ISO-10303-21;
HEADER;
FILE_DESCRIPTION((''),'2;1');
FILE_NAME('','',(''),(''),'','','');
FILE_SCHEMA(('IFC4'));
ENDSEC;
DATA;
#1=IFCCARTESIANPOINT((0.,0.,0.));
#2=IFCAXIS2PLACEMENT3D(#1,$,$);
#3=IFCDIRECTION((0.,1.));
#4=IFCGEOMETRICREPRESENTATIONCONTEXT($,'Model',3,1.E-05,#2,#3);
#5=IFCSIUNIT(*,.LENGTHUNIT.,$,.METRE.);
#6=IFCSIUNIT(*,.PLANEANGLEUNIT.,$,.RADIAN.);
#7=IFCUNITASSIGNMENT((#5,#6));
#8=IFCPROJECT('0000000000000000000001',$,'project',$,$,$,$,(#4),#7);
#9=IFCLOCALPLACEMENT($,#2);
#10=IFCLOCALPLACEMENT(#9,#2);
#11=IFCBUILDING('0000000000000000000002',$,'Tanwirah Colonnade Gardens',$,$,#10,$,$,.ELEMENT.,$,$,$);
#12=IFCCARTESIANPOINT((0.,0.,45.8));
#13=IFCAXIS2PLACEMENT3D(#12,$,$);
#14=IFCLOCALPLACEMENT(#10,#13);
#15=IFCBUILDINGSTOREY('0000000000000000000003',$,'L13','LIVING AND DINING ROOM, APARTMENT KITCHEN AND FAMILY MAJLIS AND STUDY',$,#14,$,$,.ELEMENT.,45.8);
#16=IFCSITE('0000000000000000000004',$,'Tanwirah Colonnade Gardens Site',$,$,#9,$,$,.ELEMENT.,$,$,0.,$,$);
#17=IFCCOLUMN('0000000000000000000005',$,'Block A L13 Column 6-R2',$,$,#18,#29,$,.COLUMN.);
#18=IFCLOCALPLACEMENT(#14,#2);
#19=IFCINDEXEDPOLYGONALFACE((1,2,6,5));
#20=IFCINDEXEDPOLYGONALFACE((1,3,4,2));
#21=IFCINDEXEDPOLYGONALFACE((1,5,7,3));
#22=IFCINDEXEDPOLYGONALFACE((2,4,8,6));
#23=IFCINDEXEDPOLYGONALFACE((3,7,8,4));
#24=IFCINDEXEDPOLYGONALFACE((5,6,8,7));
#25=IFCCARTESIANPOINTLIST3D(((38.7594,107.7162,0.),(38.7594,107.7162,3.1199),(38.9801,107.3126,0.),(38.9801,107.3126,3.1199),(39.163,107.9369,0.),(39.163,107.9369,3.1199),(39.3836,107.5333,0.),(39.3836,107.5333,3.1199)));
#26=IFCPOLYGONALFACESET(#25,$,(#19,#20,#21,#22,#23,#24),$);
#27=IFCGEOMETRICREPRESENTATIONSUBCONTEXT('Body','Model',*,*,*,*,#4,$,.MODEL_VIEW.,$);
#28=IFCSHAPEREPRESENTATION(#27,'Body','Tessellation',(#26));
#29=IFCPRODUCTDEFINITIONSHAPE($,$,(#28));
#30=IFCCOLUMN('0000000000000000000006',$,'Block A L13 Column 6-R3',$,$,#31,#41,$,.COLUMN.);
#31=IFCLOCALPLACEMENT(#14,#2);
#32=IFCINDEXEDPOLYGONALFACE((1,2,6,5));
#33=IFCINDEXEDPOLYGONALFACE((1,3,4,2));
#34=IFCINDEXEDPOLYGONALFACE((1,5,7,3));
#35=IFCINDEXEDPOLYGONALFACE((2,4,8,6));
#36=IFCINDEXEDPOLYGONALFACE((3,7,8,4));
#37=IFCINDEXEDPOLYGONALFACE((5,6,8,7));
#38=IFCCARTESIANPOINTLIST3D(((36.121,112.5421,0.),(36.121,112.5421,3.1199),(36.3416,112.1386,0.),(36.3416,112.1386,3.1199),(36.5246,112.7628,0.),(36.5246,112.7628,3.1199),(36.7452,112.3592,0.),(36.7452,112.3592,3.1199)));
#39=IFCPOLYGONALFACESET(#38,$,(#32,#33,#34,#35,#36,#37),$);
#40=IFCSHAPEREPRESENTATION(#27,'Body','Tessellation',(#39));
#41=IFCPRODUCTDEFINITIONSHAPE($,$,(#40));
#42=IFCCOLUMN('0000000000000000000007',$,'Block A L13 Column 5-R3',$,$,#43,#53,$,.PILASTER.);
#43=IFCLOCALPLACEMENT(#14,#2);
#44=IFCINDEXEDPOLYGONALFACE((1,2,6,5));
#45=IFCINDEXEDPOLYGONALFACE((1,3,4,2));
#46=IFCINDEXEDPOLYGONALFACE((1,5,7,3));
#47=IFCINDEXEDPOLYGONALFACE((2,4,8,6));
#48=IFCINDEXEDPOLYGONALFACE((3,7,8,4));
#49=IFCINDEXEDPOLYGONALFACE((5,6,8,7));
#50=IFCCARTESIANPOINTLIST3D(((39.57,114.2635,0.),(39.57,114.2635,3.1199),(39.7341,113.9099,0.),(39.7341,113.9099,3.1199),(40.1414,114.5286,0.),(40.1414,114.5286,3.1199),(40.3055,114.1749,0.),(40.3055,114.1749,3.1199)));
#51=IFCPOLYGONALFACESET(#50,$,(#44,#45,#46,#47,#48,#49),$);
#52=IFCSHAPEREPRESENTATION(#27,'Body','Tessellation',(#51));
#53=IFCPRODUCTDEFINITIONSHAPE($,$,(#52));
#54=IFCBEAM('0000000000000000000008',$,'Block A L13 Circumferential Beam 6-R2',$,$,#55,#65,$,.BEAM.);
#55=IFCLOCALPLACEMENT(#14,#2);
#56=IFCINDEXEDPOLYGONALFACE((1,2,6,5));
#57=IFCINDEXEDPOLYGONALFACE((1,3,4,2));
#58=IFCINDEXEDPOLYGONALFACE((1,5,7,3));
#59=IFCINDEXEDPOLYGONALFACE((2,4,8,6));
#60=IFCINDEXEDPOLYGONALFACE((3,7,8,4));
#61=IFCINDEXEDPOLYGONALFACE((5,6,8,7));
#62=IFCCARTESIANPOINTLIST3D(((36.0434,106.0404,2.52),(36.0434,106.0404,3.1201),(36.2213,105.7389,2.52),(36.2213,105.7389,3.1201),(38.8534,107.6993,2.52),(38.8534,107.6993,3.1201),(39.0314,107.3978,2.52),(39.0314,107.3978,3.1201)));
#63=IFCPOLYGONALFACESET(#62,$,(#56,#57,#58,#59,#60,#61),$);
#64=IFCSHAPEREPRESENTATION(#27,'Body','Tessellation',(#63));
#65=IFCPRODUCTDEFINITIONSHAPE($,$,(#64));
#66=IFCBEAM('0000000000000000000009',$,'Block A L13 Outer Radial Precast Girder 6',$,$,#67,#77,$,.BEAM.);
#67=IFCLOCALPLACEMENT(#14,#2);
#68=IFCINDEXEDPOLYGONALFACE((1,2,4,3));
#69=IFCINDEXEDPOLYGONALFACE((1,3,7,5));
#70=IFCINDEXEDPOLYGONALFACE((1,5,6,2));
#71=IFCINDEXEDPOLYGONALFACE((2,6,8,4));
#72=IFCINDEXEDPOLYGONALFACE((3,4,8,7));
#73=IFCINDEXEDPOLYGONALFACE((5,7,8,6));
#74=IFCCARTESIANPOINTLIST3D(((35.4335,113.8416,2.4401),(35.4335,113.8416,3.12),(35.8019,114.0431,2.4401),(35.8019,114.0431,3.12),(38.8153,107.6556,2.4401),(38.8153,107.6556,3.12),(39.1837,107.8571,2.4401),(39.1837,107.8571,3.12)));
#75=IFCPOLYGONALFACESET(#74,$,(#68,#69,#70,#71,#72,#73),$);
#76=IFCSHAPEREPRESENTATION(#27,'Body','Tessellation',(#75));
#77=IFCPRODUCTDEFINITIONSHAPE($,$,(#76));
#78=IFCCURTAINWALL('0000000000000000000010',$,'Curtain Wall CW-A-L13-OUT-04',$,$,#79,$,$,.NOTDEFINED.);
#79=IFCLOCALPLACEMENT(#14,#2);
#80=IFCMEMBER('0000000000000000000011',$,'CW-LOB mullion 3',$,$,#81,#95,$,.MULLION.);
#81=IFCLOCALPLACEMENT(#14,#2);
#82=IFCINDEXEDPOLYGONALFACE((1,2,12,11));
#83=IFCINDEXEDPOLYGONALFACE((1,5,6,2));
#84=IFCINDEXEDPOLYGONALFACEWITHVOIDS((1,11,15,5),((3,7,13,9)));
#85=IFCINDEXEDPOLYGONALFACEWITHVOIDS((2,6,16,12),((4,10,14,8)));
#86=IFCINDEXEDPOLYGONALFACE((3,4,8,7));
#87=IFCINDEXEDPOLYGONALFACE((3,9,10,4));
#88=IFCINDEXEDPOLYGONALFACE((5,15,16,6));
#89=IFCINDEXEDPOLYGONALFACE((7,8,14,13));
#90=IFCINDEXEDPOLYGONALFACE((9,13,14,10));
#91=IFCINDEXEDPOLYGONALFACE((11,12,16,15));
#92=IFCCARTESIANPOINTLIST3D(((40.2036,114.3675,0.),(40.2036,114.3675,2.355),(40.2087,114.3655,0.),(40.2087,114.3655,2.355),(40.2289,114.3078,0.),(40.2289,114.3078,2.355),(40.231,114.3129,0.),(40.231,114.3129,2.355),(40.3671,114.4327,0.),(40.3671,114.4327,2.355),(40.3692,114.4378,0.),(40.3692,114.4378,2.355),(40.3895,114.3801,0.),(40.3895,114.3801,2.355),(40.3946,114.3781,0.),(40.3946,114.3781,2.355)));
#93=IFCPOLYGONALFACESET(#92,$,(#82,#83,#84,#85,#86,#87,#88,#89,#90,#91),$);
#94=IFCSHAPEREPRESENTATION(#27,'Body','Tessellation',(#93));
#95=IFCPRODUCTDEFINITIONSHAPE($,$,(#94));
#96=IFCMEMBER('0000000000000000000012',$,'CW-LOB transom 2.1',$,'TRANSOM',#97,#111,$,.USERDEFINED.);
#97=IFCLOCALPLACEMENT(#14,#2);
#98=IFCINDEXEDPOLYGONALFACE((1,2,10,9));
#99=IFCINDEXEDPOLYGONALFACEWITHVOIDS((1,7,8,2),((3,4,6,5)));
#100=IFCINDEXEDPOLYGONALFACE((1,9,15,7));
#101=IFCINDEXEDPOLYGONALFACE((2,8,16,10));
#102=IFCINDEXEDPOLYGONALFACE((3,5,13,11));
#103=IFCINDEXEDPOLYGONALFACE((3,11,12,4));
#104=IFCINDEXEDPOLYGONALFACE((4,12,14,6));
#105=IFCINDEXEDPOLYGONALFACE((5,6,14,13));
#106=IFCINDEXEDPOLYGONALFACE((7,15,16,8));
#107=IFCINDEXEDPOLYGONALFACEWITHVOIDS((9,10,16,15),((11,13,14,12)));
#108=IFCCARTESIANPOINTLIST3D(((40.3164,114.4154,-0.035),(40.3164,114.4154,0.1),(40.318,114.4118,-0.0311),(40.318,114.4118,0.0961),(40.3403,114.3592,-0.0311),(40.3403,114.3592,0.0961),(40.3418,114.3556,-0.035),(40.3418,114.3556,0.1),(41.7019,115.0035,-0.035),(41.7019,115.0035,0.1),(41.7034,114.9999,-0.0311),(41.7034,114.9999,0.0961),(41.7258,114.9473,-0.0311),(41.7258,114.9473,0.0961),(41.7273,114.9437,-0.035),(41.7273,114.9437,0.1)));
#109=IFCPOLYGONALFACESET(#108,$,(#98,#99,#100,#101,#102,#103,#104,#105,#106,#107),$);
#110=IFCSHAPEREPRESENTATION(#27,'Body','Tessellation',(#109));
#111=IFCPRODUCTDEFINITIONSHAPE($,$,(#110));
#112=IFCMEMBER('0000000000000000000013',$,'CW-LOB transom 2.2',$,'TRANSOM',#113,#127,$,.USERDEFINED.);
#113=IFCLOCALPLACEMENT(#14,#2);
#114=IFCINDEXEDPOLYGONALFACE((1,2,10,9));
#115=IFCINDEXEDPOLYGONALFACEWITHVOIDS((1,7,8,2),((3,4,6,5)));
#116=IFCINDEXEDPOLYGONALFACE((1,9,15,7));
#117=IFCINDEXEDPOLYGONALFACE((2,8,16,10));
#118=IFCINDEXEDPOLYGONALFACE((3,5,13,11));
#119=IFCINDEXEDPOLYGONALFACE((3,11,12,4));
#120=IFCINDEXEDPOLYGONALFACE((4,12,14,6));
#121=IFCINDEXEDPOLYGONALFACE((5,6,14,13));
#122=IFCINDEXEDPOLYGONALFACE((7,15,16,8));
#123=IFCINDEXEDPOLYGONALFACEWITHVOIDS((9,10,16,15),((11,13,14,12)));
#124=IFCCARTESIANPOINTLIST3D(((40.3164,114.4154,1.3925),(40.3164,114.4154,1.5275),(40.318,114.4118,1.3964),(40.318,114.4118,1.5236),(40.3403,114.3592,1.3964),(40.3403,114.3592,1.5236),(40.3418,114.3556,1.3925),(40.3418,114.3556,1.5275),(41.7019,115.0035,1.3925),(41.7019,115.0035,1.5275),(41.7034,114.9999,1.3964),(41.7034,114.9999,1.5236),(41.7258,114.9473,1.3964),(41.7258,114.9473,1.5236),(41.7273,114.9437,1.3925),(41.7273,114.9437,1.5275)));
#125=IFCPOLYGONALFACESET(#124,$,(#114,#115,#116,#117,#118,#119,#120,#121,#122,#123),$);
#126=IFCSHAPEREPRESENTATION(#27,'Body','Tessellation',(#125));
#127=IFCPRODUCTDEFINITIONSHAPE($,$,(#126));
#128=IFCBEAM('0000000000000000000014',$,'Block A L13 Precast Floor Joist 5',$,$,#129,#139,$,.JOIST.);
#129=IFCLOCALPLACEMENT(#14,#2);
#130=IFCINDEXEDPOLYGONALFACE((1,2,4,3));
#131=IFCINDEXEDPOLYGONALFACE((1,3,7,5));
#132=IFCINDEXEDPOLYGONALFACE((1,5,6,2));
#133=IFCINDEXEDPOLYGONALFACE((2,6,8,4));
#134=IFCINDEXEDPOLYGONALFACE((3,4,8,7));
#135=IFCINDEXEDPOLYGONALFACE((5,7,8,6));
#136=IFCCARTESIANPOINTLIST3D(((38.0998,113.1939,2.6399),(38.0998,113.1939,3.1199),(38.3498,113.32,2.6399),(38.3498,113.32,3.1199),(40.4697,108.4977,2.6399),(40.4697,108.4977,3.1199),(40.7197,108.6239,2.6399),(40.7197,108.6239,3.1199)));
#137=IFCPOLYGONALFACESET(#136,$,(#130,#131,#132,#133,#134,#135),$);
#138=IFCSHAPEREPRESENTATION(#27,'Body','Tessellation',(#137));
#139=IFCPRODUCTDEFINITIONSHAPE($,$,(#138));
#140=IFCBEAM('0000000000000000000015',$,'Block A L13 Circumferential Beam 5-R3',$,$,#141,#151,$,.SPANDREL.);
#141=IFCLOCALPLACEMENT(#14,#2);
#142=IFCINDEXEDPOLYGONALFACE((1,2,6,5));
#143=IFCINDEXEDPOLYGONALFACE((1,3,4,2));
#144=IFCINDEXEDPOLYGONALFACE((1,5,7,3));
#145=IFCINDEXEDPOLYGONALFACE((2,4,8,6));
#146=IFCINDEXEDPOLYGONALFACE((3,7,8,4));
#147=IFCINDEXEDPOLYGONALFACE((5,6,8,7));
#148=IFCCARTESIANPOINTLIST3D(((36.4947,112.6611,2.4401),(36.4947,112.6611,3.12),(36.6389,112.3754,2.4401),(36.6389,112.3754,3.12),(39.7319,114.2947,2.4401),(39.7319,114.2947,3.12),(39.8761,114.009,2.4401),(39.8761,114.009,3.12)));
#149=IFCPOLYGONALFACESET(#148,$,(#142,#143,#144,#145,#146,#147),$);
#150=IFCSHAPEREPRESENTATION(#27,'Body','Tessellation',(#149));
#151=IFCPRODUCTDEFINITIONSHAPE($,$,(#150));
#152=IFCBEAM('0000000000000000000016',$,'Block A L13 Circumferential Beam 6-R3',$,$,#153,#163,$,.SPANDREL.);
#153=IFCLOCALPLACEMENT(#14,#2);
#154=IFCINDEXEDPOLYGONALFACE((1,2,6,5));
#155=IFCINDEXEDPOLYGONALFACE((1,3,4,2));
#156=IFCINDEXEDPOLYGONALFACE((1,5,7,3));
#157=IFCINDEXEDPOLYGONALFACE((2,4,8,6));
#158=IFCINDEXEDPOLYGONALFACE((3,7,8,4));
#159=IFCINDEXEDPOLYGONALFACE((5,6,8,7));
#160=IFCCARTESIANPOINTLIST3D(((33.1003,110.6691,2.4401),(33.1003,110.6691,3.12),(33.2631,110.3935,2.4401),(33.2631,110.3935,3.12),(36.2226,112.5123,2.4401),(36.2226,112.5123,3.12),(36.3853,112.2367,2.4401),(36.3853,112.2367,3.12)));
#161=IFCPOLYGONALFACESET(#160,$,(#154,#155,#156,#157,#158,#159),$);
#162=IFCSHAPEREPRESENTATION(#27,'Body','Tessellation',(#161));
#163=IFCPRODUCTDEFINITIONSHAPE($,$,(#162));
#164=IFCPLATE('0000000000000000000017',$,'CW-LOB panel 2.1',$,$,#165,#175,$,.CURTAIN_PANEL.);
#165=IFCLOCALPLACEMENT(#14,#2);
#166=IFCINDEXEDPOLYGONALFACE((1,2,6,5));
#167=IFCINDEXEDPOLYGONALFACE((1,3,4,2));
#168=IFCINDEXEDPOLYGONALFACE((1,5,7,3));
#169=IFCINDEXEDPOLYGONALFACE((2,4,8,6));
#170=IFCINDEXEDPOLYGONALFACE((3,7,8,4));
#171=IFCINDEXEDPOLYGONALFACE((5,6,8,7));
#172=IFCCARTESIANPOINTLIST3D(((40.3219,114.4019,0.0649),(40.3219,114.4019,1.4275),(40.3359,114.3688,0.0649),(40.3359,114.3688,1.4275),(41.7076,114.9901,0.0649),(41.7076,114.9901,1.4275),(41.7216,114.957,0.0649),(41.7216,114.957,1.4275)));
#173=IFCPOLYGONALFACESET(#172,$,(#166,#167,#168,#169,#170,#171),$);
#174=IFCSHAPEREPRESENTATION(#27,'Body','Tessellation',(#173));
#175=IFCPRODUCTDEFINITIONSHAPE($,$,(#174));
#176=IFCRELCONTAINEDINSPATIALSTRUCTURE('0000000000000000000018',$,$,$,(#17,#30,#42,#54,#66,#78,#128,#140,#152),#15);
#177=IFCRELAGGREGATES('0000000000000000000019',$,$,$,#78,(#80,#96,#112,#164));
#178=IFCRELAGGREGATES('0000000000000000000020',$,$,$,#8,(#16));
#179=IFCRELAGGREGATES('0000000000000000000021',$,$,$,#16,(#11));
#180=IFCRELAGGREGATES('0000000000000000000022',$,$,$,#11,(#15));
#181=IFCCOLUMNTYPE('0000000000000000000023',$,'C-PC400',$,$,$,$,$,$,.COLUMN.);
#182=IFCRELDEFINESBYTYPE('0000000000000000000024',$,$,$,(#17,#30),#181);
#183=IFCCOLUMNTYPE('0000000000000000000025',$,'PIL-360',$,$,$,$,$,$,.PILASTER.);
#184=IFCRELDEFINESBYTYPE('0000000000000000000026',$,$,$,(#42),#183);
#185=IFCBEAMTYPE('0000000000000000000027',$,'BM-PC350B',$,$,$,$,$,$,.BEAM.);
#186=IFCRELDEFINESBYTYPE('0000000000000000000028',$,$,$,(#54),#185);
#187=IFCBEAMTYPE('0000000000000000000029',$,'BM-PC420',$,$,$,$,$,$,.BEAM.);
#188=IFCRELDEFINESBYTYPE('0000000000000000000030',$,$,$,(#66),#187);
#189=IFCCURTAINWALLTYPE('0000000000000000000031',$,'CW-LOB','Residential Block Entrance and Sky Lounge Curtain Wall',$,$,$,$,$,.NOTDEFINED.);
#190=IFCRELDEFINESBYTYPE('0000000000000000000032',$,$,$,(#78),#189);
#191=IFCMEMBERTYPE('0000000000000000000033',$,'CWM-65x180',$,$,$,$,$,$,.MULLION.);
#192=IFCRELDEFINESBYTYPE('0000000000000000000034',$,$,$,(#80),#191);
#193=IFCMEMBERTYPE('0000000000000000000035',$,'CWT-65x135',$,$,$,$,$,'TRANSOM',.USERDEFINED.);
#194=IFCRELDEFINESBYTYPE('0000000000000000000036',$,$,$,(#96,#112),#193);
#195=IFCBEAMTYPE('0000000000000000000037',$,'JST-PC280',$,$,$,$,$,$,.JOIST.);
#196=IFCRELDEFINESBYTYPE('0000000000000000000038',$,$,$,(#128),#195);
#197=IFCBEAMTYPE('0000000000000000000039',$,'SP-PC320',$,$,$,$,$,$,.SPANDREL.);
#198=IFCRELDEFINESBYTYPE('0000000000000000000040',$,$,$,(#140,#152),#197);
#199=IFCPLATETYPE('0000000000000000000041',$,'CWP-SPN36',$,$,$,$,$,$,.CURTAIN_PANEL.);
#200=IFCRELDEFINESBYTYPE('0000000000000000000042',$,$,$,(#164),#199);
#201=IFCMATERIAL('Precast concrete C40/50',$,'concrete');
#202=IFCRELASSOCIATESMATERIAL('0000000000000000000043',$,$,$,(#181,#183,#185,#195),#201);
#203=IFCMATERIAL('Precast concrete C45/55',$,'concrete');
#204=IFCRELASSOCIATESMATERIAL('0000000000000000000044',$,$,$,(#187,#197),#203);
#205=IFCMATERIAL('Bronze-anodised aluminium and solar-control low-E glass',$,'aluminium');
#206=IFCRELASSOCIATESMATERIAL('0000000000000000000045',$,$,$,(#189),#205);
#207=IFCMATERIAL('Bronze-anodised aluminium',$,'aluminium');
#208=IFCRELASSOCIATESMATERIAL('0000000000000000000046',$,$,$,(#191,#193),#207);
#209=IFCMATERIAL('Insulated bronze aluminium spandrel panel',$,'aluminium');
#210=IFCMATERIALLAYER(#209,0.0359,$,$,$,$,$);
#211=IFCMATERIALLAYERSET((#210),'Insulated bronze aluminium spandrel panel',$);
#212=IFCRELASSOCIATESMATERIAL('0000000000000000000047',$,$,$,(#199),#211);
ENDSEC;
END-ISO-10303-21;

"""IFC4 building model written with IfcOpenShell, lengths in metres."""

from ifc_helpers import new_model, si_unit, direction, frame, origin, origin_2d, place, context, subcontext, project, spatial, rectangle, hollow_rectangle, extrude, material, layer, layer_set, material_profile, profile_set, type_object, element, aggregate, save


model = new_model("IFC4")

# Units and contexts
model_context = context("Model", 3, precision=1e-05, world=origin(), true_north=direction((0.0, 1.0)))
body_context = subcontext(model_context, "Body", "Model", "MODEL_VIEW")
ifc_project = project(units=[si_unit("LENGTHUNIT", "METRE"), si_unit("PLANEANGLEUNIT", "RADIAN")], contexts=[model_context])

# Site, building, storey
site_placement = place(None, origin())
site = spatial("IfcSite", under=ifc_project, at=site_placement, Name="Tanwirah Colonnade Gardens Site", CompositionType="ELEMENT", RefElevation=0.0)
building_placement = place(site_placement, origin())
building = spatial("IfcBuilding", under=site, at=building_placement, Name="Tanwirah Colonnade Gardens", CompositionType="ELEMENT")
storey_placement = place(building_placement, frame((0.0, 0.0, 45.8)))
storey = spatial("IfcBuildingStorey", under=building, at=storey_placement, Name="L13", Description="LIVING AND DINING ROOM, APARTMENT KITCHEN AND FAMILY MAJLIS AND STUDY", CompositionType="ELEMENT", Elevation=45.8)

# Columns
ifc_material_1 = material(Name="Precast concrete C40/50", Category="concrete")
ifc_material_profile_1 = material_profile(ifc_material_1, rectangle(XDim=0.46, YDim=0.46, at=origin_2d()), Name="PC-COL 460x460")
ifc_profile_set_1 = profile_set([ifc_material_profile_1], Name="Precast concrete C40/50")
column_type_1 = type_object("IfcColumnType", Name="C-PC400", PredefinedType="COLUMN", material=ifc_profile_set_1)
for number, where, z_axis, x_axis, name in (
    (1, (39.0715, 107.6248, 0.0), (0.0, 0.0, 1.0), (-0.479713, 0.877425, 0.0), "Block A L13 Column 6-R2"),
    (2, (36.4331, 112.4507, 0.0), (0.0, 0.0, 1.0), (-0.479713, 0.877425, 0.0), "Block A L13 Column 6-R3"),
):
    element("IfcColumn", number, at=place(storey_placement, frame(where, z_axis=z_axis, x_axis=x_axis)), inside=storey, type_object=column_type_1, Name=name, PredefinedType="COLUMN", context=body_context, shape_type="SweptSolid", body=[
        extrude(rectangle(XDim=0.46, YDim=0.46, at=origin_2d()), origin(), (0.0, 0.0, 1.0), 3.1199),
    ])
ifc_material_profile_2 = material_profile(ifc_material_1, rectangle(XDim=0.3899, YDim=0.6299, at=origin_2d()), Name="PC-PIL 390x630")
ifc_profile_set_2 = profile_set([ifc_material_profile_2], Name="Precast concrete C40/50")
column_type_2 = type_object("IfcColumnType", Name="PIL-360", PredefinedType="PILASTER", material=ifc_profile_set_2)
column_placement = place(storey_placement, frame((39.9377, 114.2192, 0.0), z_axis=(0.0, 0.0, 1.0), x_axis=(-0.42086, 0.907126, 0.0)))
element("IfcColumn", 3, at=column_placement, inside=storey, type_object=column_type_2, Name="Block A L13 Column 5-R3", PredefinedType="PILASTER", context=body_context, shape_type="SweptSolid", body=[
    extrude(rectangle(XDim=0.3899, YDim=0.6299, at=origin_2d()), origin(), (0.0, 0.0, 1.0), 3.1199),
])

# Beams
ifc_material_profile_3 = material_profile(ifc_material_1, rectangle(XDim=0.3501, YDim=0.6001, at=origin_2d()), Name="PC-BM 350x600")
ifc_profile_set_3 = profile_set([ifc_material_profile_3], Name="Precast concrete C40/50")
beam_type_1 = type_object("IfcBeamType", Name="BM-PC350B", PredefinedType="BEAM", material=ifc_profile_set_3)
beam_1_placement = place(storey_placement, frame((38.9424, 107.5486, 2.8201), z_axis=(-0.861135, -0.508376, 0.0), x_axis=(0.508376, -0.861135, 0.0)))
element("IfcBeam", 4, at=beam_1_placement, inside=storey, type_object=beam_type_1, Name="Block A L13 Circumferential Beam 6-R2", PredefinedType="BEAM", context=body_context, shape_type="SweptSolid", body=[
    extrude(rectangle(XDim=0.3501, YDim=0.6001, at=origin_2d()), origin(), (0.0, 0.0, 1.0), 3.2632),
])
ifc_material_2 = material(Name="Precast concrete C45/55", Category="concrete")
ifc_material_profile_4 = material_profile(ifc_material_2, rectangle(XDim=0.4199, YDim=0.6799, at=origin_2d()), Name="PC-BM 420x680")
ifc_profile_set_4 = profile_set([ifc_material_profile_4], Name="Precast concrete C45/55")
beam_type_2 = type_object("IfcBeamType", Name="BM-PC420", PredefinedType="BEAM", material=ifc_profile_set_4)
beam_2_placement = place(storey_placement, frame((38.9995, 107.7563, 2.78), z_axis=(-0.479687, 0.87744, 0.0), x_axis=(-0.87744, -0.479687, 0.0)))
element("IfcBeam", 5, at=beam_2_placement, inside=storey, type_object=beam_type_2, Name="Block A L13 Outer Radial Precast Girder 6", PredefinedType="BEAM", context=body_context, shape_type="SweptSolid", body=[
    extrude(rectangle(XDim=0.4199, YDim=0.6799, at=origin_2d()), origin(), (0.0, 0.0, 1.0), 7.05),
])

# Curtain wall, members
ifc_material_3 = material(Name="Bronze-anodised aluminium and solar-control low-E glass", Category="aluminium")
curtain_wall_type = type_object("IfcCurtainWallType", Name="CW-LOB", Description="Residential Block Entrance and Sky Lounge Curtain Wall", PredefinedType="NOTDEFINED", material=ifc_material_3)
curtain_wall_placement = place(storey_placement, origin())
curtain_wall = element("IfcCurtainWall", 6, at=curtain_wall_placement, inside=storey, type_object=curtain_wall_type, Name="Curtain Wall CW-A-L13-OUT-04", PredefinedType="NOTDEFINED")
ifc_material_4 = material(Name="Bronze-anodised aluminium", Category="aluminium")
ifc_material_profile_5 = material_profile(ifc_material_4, hollow_rectangle(XDim=0.0649, YDim=0.1799, WallThickness=0.0039, at=origin_2d()), Name="CW-MUL 65x180x4")
ifc_profile_set_5 = profile_set([ifc_material_profile_5], Name="Bronze-anodised aluminium")
member_type_1 = type_object("IfcMemberType", Name="CWM-65x180", PredefinedType="MULLION", material=ifc_profile_set_5)
member_1_placement = place(storey_placement, frame((40.2991, 114.3728, 0.0), z_axis=(0.0, 0.0, 1.0), x_axis=(0.39073, -0.920505, 0.0)))
member_1 = element("IfcMember", 7, at=member_1_placement, type_object=member_type_1, Name="CW-LOB mullion 3", PredefinedType="MULLION", context=body_context, shape_type="SweptSolid", body=[
    extrude(hollow_rectangle(XDim=0.0649, YDim=0.1799, WallThickness=0.0039, at=origin_2d()), origin(), (0.0, 0.0, 1.0), 2.355),
])
ifc_material_profile_6 = material_profile(ifc_material_4, hollow_rectangle(XDim=0.0649, YDim=0.135, WallThickness=0.0039, at=origin_2d()), Name="CW-TRN 65x135x4")
ifc_profile_set_6 = profile_set([ifc_material_profile_6], Name="Bronze-anodised aluminium")
member_type_2 = type_object("IfcMemberType", Name="CWT-65x135", ElementType="TRANSOM", PredefinedType="USERDEFINED", material=ifc_profile_set_6)
member_2_placement = place(storey_placement, frame((41.7146, 114.9736, 0.0325), z_axis=(-0.920499, -0.390746, 0.0), x_axis=(0.390746, -0.920499, 0.0)))
member_2 = element("IfcMember", 8, at=member_2_placement, type_object=member_type_2, Name="CW-LOB transom 2.1", ObjectType="TRANSOM", PredefinedType="USERDEFINED", context=body_context, shape_type="SweptSolid", body=[
    extrude(hollow_rectangle(XDim=0.0649, YDim=0.135, WallThickness=0.0039, at=origin_2d()), origin(), (0.0, 0.0, 1.0), 1.5051),
])
member_3_placement = place(storey_placement, frame((41.7146, 114.9736, 1.46), z_axis=(-0.920499, -0.390746, 0.0), x_axis=(0.390746, -0.920499, 0.0)))
member_3 = element("IfcMember", 9, at=member_3_placement, type_object=member_type_2, Name="CW-LOB transom 2.2", ObjectType="TRANSOM", PredefinedType="USERDEFINED", context=body_context, shape_type="SweptSolid", body=[
    extrude(hollow_rectangle(XDim=0.0649, YDim=0.135, WallThickness=0.0039, at=origin_2d()), origin(), (0.0, 0.0, 1.0), 1.5051),
])

# Beams
ifc_material_profile_7 = material_profile(ifc_material_1, rectangle(XDim=0.28, YDim=0.48, at=origin_2d()), Name="PC-JST 280x480")
ifc_profile_set_7 = profile_set([ifc_material_profile_7], Name="Precast concrete C40/50")
beam_type_3 = type_object("IfcBeamType", Name="JST-PC280", PredefinedType="JOIST", material=ifc_profile_set_7)
beam_3_placement = place(storey_placement, frame((40.5947, 108.5608, 2.8799), z_axis=(-0.450534, 0.892759, 0.0), x_axis=(-0.892759, -0.450534, 0.0)))
element("IfcBeam", 10, at=beam_3_placement, inside=storey, type_object=beam_type_3, Name="Block A L13 Precast Floor Joist 5", PredefinedType="JOIST", context=body_context, shape_type="SweptSolid", body=[
    extrude(rectangle(XDim=0.28, YDim=0.48, at=origin_2d()), origin(), (0.0, 0.0, 1.0), 5.2603),
])
ifc_material_profile_8 = material_profile(ifc_material_2, rectangle(XDim=0.3201, YDim=0.6799, at=origin_2d()), Name="PC-SP 320x680")
ifc_profile_set_8 = profile_set([ifc_material_profile_8], Name="Precast concrete C45/55")
beam_type_4 = type_object("IfcBeamType", Name="SP-PC320", PredefinedType="SPANDREL", material=ifc_profile_set_8)
beam_4_placement = place(storey_placement, frame((39.804, 114.1519, 2.78), z_axis=(-0.892765, -0.450523, 0.0), x_axis=(0.450523, -0.892765, 0.0)))
element("IfcBeam", 11, at=beam_4_placement, inside=storey, type_object=beam_type_4, Name="Block A L13 Circumferential Beam 5-R3", PredefinedType="SPANDREL", context=body_context, shape_type="SweptSolid", body=[
    extrude(rectangle(XDim=0.3201, YDim=0.6799, at=origin_2d()), origin(), (0.0, 0.0, 1.0), 3.626),
])
beam_5_placement = place(storey_placement, frame((36.304, 112.3745, 2.78), z_axis=(-0.861137, -0.508373, 0.0), x_axis=(0.508373, -0.861137, 0.0)))
element("IfcBeam", 12, at=beam_5_placement, inside=storey, type_object=beam_type_4, Name="Block A L13 Circumferential Beam 6-R3", PredefinedType="SPANDREL", context=body_context, shape_type="SweptSolid", body=[
    extrude(rectangle(XDim=0.3201, YDim=0.6799, at=origin_2d()), origin(), (0.0, 0.0, 1.0), 3.6257),
])

# Plate
ifc_material_5 = material(Name="Insulated bronze aluminium spandrel panel", Category="aluminium")
ifc_layer_1 = layer(ifc_material_5, 0.0359)
ifc_layer_set_1 = layer_set([ifc_layer_1], Name="Insulated bronze aluminium spandrel panel")
plate_type = type_object("IfcPlateType", Name="CWP-SPN36", PredefinedType="CURTAIN_PANEL", material=ifc_layer_set_1)
plate_1_placement = place(storey_placement, frame((41.0217, 114.6794, 0.0649), z_axis=(0.0, 0.0, 1.0), x_axis=(-0.920505, -0.39073, 0.0)))
plate_1 = element("IfcPlate", 13, at=plate_1_placement, type_object=plate_type, Name="CW-LOB panel 2.1", PredefinedType="CURTAIN_PANEL", context=body_context, shape_type="SweptSolid", body=[
    extrude(rectangle(XDim=1.5054, YDim=0.0359, at=origin_2d()), origin(), (0.0, 0.0, 1.0), 1.3625),
])
aggregate(curtain_wall, [member_1, member_2, member_3, plate_1])

save(model, "model.ifc")
